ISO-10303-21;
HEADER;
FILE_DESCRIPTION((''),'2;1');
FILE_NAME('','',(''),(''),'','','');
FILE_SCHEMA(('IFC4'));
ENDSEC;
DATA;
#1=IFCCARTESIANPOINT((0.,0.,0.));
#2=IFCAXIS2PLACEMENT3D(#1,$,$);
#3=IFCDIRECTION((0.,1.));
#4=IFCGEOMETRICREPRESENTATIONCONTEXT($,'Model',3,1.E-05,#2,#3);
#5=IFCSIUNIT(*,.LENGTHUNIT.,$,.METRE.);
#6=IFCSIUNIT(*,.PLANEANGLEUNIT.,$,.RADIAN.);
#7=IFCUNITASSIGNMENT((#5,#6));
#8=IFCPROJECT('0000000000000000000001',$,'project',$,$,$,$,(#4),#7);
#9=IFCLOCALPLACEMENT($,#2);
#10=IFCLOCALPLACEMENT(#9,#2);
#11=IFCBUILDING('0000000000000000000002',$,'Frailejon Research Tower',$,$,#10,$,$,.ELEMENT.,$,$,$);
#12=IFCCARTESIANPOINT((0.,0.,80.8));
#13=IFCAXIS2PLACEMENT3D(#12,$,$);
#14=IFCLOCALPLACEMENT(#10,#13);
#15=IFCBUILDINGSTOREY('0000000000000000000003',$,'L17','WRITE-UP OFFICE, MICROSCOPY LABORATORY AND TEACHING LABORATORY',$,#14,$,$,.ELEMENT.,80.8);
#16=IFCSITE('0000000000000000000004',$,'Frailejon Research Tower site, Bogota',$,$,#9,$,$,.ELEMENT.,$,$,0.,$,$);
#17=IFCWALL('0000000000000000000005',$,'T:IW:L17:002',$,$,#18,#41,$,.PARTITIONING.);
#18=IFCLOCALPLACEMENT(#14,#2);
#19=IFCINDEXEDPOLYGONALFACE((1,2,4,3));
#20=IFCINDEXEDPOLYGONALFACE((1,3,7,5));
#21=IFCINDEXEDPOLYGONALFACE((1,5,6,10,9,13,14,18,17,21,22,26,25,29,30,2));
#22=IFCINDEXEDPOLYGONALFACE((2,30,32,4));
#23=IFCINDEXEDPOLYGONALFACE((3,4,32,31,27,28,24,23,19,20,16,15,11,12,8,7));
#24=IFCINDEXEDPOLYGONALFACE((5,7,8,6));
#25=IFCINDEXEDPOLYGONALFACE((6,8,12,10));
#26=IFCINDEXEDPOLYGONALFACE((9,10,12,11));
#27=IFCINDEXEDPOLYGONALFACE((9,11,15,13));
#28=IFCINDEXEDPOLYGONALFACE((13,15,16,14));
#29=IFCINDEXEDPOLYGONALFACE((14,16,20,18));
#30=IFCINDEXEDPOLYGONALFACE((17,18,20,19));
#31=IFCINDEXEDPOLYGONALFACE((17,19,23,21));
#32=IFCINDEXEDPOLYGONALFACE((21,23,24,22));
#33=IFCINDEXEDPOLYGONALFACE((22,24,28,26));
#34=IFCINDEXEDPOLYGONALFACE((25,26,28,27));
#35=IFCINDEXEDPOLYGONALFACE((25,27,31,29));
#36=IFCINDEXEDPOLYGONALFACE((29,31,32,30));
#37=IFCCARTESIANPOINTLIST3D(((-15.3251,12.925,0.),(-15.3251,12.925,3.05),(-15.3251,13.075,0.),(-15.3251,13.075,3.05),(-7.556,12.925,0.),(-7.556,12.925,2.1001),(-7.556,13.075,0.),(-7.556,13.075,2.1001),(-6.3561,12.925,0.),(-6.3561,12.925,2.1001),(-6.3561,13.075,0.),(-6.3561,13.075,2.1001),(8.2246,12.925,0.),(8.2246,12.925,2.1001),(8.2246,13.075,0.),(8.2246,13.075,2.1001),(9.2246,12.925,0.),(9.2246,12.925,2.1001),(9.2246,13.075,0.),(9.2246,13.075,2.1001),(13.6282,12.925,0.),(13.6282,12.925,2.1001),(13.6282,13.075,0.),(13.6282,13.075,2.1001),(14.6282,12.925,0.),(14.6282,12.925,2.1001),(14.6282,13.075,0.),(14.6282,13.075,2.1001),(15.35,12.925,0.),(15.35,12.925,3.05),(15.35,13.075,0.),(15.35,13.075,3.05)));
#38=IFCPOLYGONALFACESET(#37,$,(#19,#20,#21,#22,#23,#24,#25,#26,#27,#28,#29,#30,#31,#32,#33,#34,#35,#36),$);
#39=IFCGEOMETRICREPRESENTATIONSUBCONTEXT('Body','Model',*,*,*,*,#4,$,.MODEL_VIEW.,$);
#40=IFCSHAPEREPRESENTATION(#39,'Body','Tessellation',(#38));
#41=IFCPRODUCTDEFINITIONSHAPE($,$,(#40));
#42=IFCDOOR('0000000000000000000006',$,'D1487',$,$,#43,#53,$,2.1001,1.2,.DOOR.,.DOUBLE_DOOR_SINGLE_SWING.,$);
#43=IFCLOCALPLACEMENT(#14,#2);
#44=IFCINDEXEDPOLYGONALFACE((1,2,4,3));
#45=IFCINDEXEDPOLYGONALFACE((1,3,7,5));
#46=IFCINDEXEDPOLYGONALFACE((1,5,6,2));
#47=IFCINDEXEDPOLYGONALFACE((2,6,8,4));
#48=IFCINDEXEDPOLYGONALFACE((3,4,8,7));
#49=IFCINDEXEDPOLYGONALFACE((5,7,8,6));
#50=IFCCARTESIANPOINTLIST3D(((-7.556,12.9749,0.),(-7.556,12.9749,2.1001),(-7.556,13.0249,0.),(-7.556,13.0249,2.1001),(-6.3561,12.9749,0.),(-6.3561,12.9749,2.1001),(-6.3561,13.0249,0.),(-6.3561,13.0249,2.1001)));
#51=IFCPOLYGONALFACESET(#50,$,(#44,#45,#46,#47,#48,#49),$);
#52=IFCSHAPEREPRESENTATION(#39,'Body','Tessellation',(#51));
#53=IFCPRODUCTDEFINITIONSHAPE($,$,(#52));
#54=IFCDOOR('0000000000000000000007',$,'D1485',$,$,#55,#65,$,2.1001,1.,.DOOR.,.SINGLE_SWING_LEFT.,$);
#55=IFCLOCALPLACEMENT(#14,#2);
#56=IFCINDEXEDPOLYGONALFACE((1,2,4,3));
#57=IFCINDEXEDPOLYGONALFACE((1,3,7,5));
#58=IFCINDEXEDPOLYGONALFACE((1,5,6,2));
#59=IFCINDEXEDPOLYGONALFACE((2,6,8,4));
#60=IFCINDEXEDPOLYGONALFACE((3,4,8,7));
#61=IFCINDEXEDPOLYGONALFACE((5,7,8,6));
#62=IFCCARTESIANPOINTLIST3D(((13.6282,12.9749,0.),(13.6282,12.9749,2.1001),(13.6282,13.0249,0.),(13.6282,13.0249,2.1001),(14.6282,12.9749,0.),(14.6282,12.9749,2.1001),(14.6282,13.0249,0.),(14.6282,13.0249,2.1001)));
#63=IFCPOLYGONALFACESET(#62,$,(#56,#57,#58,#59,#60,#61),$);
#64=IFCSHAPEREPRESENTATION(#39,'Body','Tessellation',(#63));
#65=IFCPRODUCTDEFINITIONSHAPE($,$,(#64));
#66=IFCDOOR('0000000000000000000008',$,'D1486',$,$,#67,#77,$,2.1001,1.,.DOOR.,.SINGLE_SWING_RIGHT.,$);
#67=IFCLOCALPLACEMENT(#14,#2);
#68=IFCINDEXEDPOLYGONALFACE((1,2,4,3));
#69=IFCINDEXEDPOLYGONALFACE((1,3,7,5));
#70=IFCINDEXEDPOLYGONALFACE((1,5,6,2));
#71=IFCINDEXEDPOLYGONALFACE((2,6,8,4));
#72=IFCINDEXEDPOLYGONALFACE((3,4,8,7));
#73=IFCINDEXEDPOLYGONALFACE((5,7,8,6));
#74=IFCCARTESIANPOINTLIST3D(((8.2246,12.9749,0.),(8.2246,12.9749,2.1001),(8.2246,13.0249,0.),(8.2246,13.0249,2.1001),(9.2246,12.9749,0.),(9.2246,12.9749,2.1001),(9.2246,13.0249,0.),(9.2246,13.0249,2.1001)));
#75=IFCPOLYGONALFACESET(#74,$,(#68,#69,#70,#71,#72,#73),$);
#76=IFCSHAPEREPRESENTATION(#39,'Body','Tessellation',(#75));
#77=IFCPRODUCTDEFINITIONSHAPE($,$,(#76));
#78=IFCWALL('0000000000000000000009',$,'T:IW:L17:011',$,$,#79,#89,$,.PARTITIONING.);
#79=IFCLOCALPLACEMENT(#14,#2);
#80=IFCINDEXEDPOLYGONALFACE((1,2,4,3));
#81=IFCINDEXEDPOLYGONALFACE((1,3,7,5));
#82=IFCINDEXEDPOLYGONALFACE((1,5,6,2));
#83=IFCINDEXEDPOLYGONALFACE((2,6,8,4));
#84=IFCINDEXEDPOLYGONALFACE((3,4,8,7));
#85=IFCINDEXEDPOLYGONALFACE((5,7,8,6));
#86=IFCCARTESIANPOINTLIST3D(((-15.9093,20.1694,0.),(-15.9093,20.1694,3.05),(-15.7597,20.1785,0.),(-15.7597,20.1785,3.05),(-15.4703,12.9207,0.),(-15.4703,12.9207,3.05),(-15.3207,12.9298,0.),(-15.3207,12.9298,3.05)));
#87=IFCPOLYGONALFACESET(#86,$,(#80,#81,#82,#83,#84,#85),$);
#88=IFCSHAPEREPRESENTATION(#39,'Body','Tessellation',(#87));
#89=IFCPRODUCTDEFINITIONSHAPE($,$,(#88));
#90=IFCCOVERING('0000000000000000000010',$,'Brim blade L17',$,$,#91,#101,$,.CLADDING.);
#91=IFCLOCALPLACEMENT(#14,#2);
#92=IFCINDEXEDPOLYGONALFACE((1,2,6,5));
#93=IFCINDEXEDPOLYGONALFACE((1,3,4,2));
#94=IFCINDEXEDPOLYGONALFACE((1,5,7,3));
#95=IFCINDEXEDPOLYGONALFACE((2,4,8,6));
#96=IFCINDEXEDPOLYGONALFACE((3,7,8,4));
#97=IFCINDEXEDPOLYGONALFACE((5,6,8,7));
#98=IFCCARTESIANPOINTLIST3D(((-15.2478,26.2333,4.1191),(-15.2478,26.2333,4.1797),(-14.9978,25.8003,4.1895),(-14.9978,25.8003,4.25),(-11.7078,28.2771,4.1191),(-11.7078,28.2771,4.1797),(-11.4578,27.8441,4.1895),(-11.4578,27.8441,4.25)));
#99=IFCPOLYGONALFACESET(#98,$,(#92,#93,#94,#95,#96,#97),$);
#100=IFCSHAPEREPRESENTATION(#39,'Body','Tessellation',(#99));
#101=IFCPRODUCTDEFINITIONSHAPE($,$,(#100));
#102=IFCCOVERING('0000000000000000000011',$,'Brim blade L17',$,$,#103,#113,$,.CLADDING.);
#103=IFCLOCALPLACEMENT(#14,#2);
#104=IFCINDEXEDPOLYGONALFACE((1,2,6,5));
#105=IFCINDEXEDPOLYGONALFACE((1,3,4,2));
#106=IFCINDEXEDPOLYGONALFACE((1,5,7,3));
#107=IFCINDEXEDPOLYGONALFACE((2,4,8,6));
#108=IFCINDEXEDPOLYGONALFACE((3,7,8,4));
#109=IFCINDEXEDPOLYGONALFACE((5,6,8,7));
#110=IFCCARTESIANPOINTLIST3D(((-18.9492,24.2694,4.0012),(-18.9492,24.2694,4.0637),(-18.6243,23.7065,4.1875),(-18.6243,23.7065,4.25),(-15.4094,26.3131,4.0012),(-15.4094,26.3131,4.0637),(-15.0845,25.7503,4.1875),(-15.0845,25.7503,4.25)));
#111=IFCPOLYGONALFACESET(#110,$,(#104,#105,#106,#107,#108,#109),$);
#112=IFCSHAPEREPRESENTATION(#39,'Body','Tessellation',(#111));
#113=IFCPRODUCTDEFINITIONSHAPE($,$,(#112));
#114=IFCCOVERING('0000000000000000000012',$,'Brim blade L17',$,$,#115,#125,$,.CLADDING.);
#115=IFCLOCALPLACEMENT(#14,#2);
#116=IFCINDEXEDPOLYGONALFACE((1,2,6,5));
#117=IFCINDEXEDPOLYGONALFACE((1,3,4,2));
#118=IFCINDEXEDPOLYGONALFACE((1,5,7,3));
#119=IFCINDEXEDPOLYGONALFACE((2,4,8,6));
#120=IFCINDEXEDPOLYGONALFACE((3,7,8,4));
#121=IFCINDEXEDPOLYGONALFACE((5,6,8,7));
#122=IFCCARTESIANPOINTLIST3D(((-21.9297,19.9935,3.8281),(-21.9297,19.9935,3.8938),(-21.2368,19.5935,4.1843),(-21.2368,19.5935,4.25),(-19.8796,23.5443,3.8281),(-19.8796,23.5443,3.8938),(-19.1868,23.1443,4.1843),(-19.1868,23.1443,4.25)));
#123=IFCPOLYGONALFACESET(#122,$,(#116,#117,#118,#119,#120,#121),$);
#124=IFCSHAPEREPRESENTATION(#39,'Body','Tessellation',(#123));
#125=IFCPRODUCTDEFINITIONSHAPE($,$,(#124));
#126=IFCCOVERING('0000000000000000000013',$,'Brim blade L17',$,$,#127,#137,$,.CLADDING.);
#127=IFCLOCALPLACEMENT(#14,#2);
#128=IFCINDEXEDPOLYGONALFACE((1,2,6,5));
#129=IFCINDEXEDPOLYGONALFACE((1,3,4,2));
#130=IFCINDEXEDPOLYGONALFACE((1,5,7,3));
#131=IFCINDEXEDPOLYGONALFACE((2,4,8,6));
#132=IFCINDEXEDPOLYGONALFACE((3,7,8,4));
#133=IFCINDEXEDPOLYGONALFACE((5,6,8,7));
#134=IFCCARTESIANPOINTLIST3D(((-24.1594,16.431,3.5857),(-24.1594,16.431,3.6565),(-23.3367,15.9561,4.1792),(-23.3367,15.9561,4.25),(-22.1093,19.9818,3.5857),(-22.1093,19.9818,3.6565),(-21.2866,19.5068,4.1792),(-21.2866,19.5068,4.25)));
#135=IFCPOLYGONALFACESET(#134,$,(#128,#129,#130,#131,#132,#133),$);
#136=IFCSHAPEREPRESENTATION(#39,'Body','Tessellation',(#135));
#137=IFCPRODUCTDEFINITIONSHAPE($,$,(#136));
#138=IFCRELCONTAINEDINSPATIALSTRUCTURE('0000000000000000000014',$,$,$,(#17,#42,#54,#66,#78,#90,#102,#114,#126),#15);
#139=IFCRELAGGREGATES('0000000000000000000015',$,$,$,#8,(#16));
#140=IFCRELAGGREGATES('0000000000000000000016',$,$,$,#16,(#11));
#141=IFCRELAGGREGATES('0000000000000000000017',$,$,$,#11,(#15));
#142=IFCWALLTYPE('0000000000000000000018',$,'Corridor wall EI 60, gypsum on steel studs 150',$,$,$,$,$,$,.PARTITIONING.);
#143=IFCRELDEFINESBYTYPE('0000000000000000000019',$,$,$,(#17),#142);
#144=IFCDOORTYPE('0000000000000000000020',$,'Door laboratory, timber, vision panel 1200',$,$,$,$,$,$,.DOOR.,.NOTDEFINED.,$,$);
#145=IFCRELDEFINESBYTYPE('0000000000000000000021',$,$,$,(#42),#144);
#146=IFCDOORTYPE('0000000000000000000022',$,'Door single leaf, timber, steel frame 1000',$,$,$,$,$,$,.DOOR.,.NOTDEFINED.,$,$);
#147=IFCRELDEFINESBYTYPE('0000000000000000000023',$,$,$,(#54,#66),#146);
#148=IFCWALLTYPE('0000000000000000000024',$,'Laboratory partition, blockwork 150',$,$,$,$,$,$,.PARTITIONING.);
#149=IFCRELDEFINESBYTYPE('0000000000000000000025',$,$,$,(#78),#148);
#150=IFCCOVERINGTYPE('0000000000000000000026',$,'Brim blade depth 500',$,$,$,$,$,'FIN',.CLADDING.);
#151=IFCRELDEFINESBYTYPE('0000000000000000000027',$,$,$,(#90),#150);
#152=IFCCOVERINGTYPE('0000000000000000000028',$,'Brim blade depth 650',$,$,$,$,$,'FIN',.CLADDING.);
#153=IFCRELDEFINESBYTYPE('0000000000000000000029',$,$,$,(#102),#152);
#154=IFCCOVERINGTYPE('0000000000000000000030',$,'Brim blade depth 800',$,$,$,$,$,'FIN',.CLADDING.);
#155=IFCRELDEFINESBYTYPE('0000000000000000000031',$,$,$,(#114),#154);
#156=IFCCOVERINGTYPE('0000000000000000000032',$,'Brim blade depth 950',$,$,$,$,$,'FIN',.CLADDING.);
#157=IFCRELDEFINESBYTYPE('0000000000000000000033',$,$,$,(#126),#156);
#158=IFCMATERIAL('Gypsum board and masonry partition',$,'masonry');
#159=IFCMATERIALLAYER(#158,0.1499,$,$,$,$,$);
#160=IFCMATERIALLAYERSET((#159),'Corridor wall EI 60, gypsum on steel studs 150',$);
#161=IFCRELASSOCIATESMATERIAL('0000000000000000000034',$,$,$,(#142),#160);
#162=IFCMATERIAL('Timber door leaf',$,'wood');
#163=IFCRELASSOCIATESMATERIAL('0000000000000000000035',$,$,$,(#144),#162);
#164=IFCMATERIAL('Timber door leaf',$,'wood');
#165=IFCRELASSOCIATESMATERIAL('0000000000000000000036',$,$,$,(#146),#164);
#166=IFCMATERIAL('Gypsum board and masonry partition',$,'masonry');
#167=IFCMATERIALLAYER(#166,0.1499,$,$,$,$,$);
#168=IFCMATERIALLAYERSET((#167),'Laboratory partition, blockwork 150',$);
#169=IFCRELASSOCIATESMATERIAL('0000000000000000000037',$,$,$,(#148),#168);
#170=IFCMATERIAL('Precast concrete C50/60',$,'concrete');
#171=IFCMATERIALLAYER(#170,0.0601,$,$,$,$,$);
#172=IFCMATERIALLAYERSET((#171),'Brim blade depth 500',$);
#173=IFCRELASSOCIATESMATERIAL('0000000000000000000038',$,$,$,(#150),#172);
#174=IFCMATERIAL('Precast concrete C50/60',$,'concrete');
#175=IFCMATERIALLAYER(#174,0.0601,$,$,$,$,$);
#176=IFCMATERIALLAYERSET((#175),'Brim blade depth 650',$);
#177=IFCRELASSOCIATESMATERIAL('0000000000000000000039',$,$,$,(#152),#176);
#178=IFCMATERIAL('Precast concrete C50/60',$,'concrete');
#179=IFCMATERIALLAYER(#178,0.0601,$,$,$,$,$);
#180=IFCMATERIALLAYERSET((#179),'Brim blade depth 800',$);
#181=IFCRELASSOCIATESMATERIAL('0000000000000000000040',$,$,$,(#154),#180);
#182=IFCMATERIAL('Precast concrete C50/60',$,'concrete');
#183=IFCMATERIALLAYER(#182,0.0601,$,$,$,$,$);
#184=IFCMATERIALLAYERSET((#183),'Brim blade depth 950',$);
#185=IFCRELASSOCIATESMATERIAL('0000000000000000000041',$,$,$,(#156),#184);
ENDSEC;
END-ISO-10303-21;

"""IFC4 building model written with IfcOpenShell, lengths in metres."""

from ifc_helpers import new_model, si_unit, direction, frame, frame_2d, origin, place, context, subcontext, project, spatial, polyline, rectangle, outline, extrude, material, layer, layer_set, type_object, element, fill, save


model = new_model("IFC4")

# Units and contexts
model_context = context("Model", 3, precision=1e-05, world=origin(), true_north=direction((0.0, 1.0)))
body_context = subcontext(model_context, "Body", "Model", "MODEL_VIEW")
ifc_project = project(units=[si_unit("LENGTHUNIT", "METRE"), si_unit("PLANEANGLEUNIT", "RADIAN")], contexts=[model_context])

# Site, building, storey
site_placement = place(None, origin())
site = spatial("IfcSite", under=ifc_project, at=site_placement, Name="Frailejon Research Tower site, Bogota", CompositionType="ELEMENT", RefElevation=0.0)
building_placement = place(site_placement, origin())
building = spatial("IfcBuilding", under=site, at=building_placement, Name="Frailejon Research Tower", CompositionType="ELEMENT")
storey_placement = place(building_placement, frame((0.0, 0.0, 80.8)))
storey = spatial("IfcBuildingStorey", under=building, at=storey_placement, Name="L17", Description="WRITE-UP OFFICE, MICROSCOPY LABORATORY AND TEACHING LABORATORY", CompositionType="ELEMENT", Elevation=80.8)

# Wall, openings, doors
ifc_material_1 = material(Name="Gypsum board and masonry partition", Category="masonry")
ifc_layer_1 = layer(ifc_material_1, 0.1499)
ifc_layer_set_1 = layer_set([ifc_layer_1], Name="Corridor wall EI 60, gypsum on steel studs 150")
wall_type_1 = type_object("IfcWallType", Name="Corridor wall EI 60, gypsum on steel studs 150", PredefinedType="PARTITIONING", material=ifc_layer_set_1)
wall_1_placement = place(storey_placement, frame((-15.325, 13.0, 0.0), z_axis=(0.0, 0.0, 1.0), x_axis=(1.0, 0.0, 0.0)))
wall_1 = element("IfcWall", 1, at=wall_1_placement, inside=storey, type_object=wall_type_1, Name="T:IW:L17:002", PredefinedType="PARTITIONING", context=body_context, shape_type="SweptSolid", body=[
    extrude(rectangle(XDim=30.675, YDim=0.1499, at=frame_2d((15.3374, 0.0))), origin(), (0.0, 0.0, 1.0), 3.05),
])
opening_1_placement = place(wall_1_placement, frame((28.9531, 0.0, 0.0)))
opening_1 = element("IfcOpeningElement", 2, at=opening_1_placement, cuts=wall_1, PredefinedType="OPENING", context=body_context, shape_type="SweptSolid", body=[
    extrude(rectangle(XDim=1.0, YDim=2.1001, at=frame_2d((0.5, 1.05))), frame((0.0, 0.085, 0.0), z_axis=(0.0, -1.0, 0.0), x_axis=(1.0, 0.0, 0.0)), (0.0, 0.0, 1.0), 0.1699),
])
opening_2_placement = place(wall_1_placement, frame((23.5496, 0.0, 0.0)))
opening_2 = element("IfcOpeningElement", 3, at=opening_2_placement, cuts=wall_1, PredefinedType="OPENING", context=body_context, shape_type="SweptSolid", body=[
    extrude(rectangle(XDim=1.0, YDim=2.1001, at=frame_2d((0.5, 1.05))), frame((0.0, 0.085, 0.0), z_axis=(0.0, -1.0, 0.0), x_axis=(1.0, 0.0, 0.0)), (0.0, 0.0, 1.0), 0.1699),
])
opening_3_placement = place(wall_1_placement, frame((7.7688, 0.0, 0.0)))
opening_3 = element("IfcOpeningElement", 4, at=opening_3_placement, cuts=wall_1, PredefinedType="OPENING", context=body_context, shape_type="SweptSolid", body=[
    extrude(rectangle(XDim=1.2, YDim=2.1001, at=frame_2d((0.6001, 1.05))), frame((0.0, 0.085, 0.0), z_axis=(0.0, -1.0, 0.0), x_axis=(1.0, 0.0, 0.0)), (0.0, 0.0, 1.0), 0.1699),
])
ifc_material_2 = material(Name="Timber door leaf", Category="wood")
door_type_1 = type_object("IfcDoorType", Name="Door laboratory, timber, vision panel 1200", OperationType="NOTDEFINED", PredefinedType="DOOR", material=ifc_material_2)
door_1_placement = place(opening_3_placement, origin())
door_1 = element("IfcDoor", 5, at=door_1_placement, inside=storey, type_object=door_type_1, Name="D1487", OperationType="DOUBLE_DOOR_SINGLE_SWING", OverallHeight=2.1001, OverallWidth=1.2, PredefinedType="DOOR", context=body_context, shape_type="SweptSolid", body=[
    extrude(rectangle(XDim=1.2, YDim=2.1001, at=frame_2d((0.6001, 1.05))), frame((0.0, 0.0249, 0.0), z_axis=(0.0, -1.0, 0.0), x_axis=(1.0, 0.0, 0.0)), (0.0, 0.0, 1.0), 0.05),
])
fill(opening_3, door_1)
ifc_material_3 = material(Name="Timber door leaf", Category="wood")
door_type_2 = type_object("IfcDoorType", Name="Door single leaf, timber, steel frame 1000", OperationType="NOTDEFINED", PredefinedType="DOOR", material=ifc_material_3)
door_2_placement = place(opening_1_placement, origin())
door_2 = element("IfcDoor", 6, at=door_2_placement, inside=storey, type_object=door_type_2, Name="D1485", OperationType="SINGLE_SWING_LEFT", OverallHeight=2.1001, OverallWidth=1.0, PredefinedType="DOOR", context=body_context, shape_type="SweptSolid", body=[
    extrude(rectangle(XDim=1.0, YDim=2.1001, at=frame_2d((0.5, 1.05))), frame((0.0, 0.0249, 0.0), z_axis=(0.0, -1.0, 0.0), x_axis=(1.0, 0.0, 0.0)), (0.0, 0.0, 1.0), 0.05),
])
fill(opening_1, door_2)
door_3_placement = place(opening_2_placement, origin())
door_3 = element("IfcDoor", 7, at=door_3_placement, inside=storey, type_object=door_type_2, Name="D1486", OperationType="SINGLE_SWING_RIGHT", OverallHeight=2.1001, OverallWidth=1.0, PredefinedType="DOOR", context=body_context, shape_type="SweptSolid", body=[
    extrude(rectangle(XDim=1.0, YDim=2.1001, at=frame_2d((0.5, 1.05))), frame((0.0, 0.0249, 0.0), z_axis=(0.0, -1.0, 0.0), x_axis=(1.0, 0.0, 0.0)), (0.0, 0.0, 1.0), 0.05),
])
fill(opening_2, door_3)

# Wall
ifc_material_4 = material(Name="Gypsum board and masonry partition", Category="masonry")
ifc_layer_2 = layer(ifc_material_4, 0.1499)
ifc_layer_set_2 = layer_set([ifc_layer_2], Name="Laboratory partition, blockwork 150")
wall_type_2 = type_object("IfcWallType", Name="Laboratory partition, blockwork 150", PredefinedType="PARTITIONING", material=ifc_layer_set_2)
wall_2_placement = place(storey_placement, frame((-15.8345, 20.1738, 0.0), z_axis=(0.0, 0.0, 1.0), x_axis=(0.060446, -0.998171, 0.0)))
element("IfcWall", 8, at=wall_2_placement, inside=storey, type_object=wall_type_2, Name="T:IW:L17:011", PredefinedType="PARTITIONING", context=body_context, shape_type="SweptSolid", body=[
    extrude(rectangle(XDim=7.262, YDim=0.1499, at=frame_2d((3.6309, 0.0))), origin(), (0.0, 0.0, 1.0), 3.05),
])

# Coverings
ifc_material_5 = material(Name="Precast concrete C50/60", Category="concrete")
ifc_layer_3 = layer(ifc_material_5, 0.0601)
ifc_layer_set_3 = layer_set([ifc_layer_3], Name="Brim blade depth 500")
covering_type_1 = type_object("IfcCoveringType", Name="Brim blade depth 500", ElementType="FIN", PredefinedType="CLADDING", material=ifc_layer_set_3)
covering_1_placement = place(storey_placement, frame((-14.9978, 25.8003, 4.25), z_axis=(0.866027, 0.499997, 0.0), x_axis=(-0.499997, 0.866027, 0.0)))
element("IfcCovering", 9, at=covering_1_placement, inside=storey, type_object=covering_type_1, Name="Brim blade L17", PredefinedType="CLADDING", context=body_context, shape_type="SweptSolid", body=[
    extrude(outline(polyline([(0.0, -0.0605), (0.5, -0.1309), (0.5, -0.0703), (0.0, 0.0), (0.0, -0.0605)])), origin(), (0.0, 0.0, 1.0), 4.0876),
])
ifc_material_6 = material(Name="Precast concrete C50/60", Category="concrete")
ifc_layer_4 = layer(ifc_material_6, 0.0601)
ifc_layer_set_4 = layer_set([ifc_layer_4], Name="Brim blade depth 650")
covering_type_2 = type_object("IfcCoveringType", Name="Brim blade depth 650", ElementType="FIN", PredefinedType="CLADDING", material=ifc_layer_set_4)
covering_2_placement = place(storey_placement, frame((-18.6243, 23.7065, 4.25), z_axis=(0.866021, 0.500007, 0.0), x_axis=(-0.500007, 0.866021, 0.0)))
element("IfcCovering", 10, at=covering_2_placement, inside=storey, type_object=covering_type_2, Name="Brim blade L17", PredefinedType="CLADDING", context=body_context, shape_type="SweptSolid", body=[
    extrude(outline(polyline([(0.0, -0.0625), (0.6499, -0.2488), (0.6499, -0.1863), (0.0, 0.0), (0.0, -0.0625)])), origin(), (0.0, 0.0, 1.0), 4.0874),
])
ifc_material_7 = material(Name="Precast concrete C50/60", Category="concrete")
ifc_layer_5 = layer(ifc_material_7, 0.0601)
ifc_layer_set_5 = layer_set([ifc_layer_5], Name="Brim blade depth 800")
covering_type_3 = type_object("IfcCoveringType", Name="Brim blade depth 800", ElementType="FIN", PredefinedType="CLADDING", material=ifc_layer_set_5)
covering_3_placement = place(storey_placement, frame((-21.2368, 19.5935, 4.25), z_axis=(0.500001, 0.866025, 0.0), x_axis=(-0.866025, 0.500001, 0.0)))
element("IfcCovering", 11, at=covering_3_placement, inside=storey, type_object=covering_type_3, Name="Brim blade L17", PredefinedType="CLADDING", context=body_context, shape_type="SweptSolid", body=[
    extrude(outline(polyline([(0.0, -0.0657), (0.8, -0.4219), (0.8, -0.3562), (0.0, 0.0), (0.0, -0.0657)])), origin(), (0.0, 0.0, 1.0), 4.1001),
])
ifc_material_8 = material(Name="Precast concrete C50/60", Category="concrete")
ifc_layer_6 = layer(ifc_material_8, 0.0601)
ifc_layer_set_6 = layer_set([ifc_layer_6], Name="Brim blade depth 950")
covering_type_4 = type_object("IfcCoveringType", Name="Brim blade depth 950", ElementType="FIN", PredefinedType="CLADDING", material=ifc_layer_set_6)
covering_4_placement = place(storey_placement, frame((-23.3367, 15.9561, 4.25), z_axis=(0.500001, 0.866025, 0.0), x_axis=(-0.866025, 0.500001, 0.0)))
element("IfcCovering", 12, at=covering_4_placement, inside=storey, type_object=covering_type_4, Name="Brim blade L17", PredefinedType="CLADDING", context=body_context, shape_type="SweptSolid", body=[
    extrude(outline(polyline([(0.0, -0.0708), (0.95, -0.6643), (0.95, -0.5935), (0.0, 0.0), (0.0, -0.0708)])), origin(), (0.0, 0.0, 1.0), 4.1001),
])

save(model, "model.ifc")
